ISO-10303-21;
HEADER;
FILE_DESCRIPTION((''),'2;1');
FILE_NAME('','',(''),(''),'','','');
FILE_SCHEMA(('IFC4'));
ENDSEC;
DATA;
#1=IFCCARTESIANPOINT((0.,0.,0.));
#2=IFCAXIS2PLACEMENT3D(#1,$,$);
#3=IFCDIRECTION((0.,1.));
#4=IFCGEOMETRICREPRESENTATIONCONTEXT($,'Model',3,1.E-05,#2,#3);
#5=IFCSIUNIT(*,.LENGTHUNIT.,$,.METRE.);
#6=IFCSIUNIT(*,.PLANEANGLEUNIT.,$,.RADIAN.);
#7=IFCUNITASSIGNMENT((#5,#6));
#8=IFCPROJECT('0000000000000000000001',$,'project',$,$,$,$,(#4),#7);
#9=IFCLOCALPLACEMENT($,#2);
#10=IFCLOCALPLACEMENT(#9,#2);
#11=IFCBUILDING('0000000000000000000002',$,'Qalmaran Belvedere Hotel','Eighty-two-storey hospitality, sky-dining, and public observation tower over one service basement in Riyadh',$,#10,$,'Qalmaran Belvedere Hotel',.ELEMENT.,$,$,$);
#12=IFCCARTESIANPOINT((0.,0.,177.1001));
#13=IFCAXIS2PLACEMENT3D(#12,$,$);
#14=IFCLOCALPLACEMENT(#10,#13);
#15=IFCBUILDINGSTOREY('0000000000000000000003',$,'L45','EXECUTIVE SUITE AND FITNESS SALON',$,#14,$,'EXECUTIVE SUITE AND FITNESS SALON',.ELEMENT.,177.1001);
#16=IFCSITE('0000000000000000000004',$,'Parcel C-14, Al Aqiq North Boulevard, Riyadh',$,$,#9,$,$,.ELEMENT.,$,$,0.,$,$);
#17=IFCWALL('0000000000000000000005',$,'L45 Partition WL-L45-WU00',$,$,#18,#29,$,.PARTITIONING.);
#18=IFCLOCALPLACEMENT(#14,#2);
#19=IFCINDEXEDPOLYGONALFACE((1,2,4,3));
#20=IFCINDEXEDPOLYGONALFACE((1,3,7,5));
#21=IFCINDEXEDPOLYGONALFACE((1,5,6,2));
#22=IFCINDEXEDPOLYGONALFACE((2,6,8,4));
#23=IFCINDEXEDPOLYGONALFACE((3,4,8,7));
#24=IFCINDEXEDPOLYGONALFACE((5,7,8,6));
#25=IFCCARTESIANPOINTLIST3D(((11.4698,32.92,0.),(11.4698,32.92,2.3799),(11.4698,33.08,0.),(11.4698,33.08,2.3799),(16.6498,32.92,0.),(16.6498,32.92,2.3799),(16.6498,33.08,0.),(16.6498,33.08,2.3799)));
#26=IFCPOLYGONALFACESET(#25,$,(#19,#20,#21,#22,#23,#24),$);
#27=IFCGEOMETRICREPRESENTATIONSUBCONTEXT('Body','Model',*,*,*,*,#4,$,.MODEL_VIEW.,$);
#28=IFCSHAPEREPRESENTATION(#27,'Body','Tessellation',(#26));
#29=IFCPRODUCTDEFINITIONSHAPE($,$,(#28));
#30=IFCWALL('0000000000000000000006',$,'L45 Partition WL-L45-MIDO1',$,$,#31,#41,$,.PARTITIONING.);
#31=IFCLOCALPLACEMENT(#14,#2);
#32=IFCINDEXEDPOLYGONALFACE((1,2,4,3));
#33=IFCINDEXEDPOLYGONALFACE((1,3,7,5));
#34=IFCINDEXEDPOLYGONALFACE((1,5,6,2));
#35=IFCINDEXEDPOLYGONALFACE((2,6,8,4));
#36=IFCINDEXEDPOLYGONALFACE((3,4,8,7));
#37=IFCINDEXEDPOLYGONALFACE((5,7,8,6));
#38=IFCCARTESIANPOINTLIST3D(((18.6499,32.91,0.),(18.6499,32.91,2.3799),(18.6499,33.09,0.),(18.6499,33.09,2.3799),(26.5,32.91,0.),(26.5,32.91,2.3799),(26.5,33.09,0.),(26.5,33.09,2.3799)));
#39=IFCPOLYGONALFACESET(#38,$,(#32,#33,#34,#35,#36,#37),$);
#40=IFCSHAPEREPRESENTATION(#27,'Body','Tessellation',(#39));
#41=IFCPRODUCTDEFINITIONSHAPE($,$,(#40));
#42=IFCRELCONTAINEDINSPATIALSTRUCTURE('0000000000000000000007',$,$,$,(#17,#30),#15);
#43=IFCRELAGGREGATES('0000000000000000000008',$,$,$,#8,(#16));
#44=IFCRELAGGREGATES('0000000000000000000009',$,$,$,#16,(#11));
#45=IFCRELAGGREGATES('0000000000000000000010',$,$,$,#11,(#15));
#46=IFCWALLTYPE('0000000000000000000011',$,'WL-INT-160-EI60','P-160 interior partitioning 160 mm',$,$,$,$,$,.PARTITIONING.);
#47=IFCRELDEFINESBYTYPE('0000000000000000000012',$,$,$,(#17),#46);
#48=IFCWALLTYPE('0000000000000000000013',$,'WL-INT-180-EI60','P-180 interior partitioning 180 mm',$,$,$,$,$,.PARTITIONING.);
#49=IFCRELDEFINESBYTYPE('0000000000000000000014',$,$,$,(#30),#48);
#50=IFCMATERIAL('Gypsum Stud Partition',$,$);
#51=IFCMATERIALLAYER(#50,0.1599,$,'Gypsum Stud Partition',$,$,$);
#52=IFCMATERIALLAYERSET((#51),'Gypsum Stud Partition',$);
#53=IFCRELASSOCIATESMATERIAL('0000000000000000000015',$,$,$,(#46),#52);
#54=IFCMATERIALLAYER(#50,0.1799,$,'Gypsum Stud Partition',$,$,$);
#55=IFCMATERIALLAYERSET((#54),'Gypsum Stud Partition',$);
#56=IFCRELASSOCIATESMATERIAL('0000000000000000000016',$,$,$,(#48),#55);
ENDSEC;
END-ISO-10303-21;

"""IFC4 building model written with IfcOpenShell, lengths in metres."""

from ifc_helpers import new_model, si_unit, direction, frame, frame_2d, origin, place, context, subcontext, project, spatial, rectangle, extrude, material, layer, layer_set, type_object, element, save


model = new_model("IFC4")

# Units and contexts
model_context = context("Model", 3, precision=1e-05, world=origin(), true_north=direction((0.0, 1.0)))
body_context = subcontext(model_context, "Body", "Model", "MODEL_VIEW")
ifc_project = project(units=[si_unit("LENGTHUNIT", "METRE"), si_unit("PLANEANGLEUNIT", "RADIAN")], contexts=[model_context])

# Site, building, storey
site_placement = place(None, origin())
site = spatial("IfcSite", under=ifc_project, at=site_placement, Name="Parcel C-14, Al Aqiq North Boulevard, Riyadh", CompositionType="ELEMENT", RefElevation=0.0)
building_placement = place(site_placement, origin())
building = spatial("IfcBuilding", under=site, at=building_placement, Name="Qalmaran Belvedere Hotel", Description="Eighty-two-storey hospitality, sky-dining, and public observation tower over one service basement in Riyadh", LongName="Qalmaran Belvedere Hotel", CompositionType="ELEMENT")
storey_placement = place(building_placement, frame((0.0, 0.0, 177.1001)))
storey = spatial("IfcBuildingStorey", under=building, at=storey_placement, Name="L45", Description="EXECUTIVE SUITE AND FITNESS SALON", LongName="EXECUTIVE SUITE AND FITNESS SALON", CompositionType="ELEMENT", Elevation=177.1001)

# Shared definitions
ifc_material_1 = material(Name="Gypsum Stud Partition")

# Walls
ifc_layer_1 = layer(ifc_material_1, 0.1599, Name="Gypsum Stud Partition")
ifc_layer_set_1 = layer_set([ifc_layer_1], Name="Gypsum Stud Partition")
wall_type_1 = type_object("IfcWallType", Name="WL-INT-160-EI60", Description="P-160 interior partitioning 160 mm", PredefinedType="PARTITIONING", material=ifc_layer_set_1)
wall_1_placement = place(storey_placement, frame((11.47, 33.0, 0.0), z_axis=(0.0, 0.0, 1.0), x_axis=(1.0, 0.0, 0.0)))
element("IfcWall", 1, at=wall_1_placement, inside=storey, type_object=wall_type_1, Name="L45 Partition WL-L45-WU00", PredefinedType="PARTITIONING", context=body_context, shape_type="SweptSolid", body=[
    extrude(rectangle(XDim=5.1799, YDim=0.1599, at=frame_2d((2.5898, 0.0))), origin(), (0.0, 0.0, 1.0), 2.3799),
])
ifc_layer_2 = layer(ifc_material_1, 0.1799, Name="Gypsum Stud Partition")
ifc_layer_set_2 = layer_set([ifc_layer_2], Name="Gypsum Stud Partition")
wall_type_2 = type_object("IfcWallType", Name="WL-INT-180-EI60", Description="P-180 interior partitioning 180 mm", PredefinedType="PARTITIONING", material=ifc_layer_set_2)
wall_2_placement = place(storey_placement, frame((18.6499, 33.0, 0.0), z_axis=(0.0, 0.0, 1.0), x_axis=(1.0, 0.0, 0.0)))
element("IfcWall", 2, at=wall_2_placement, inside=storey, type_object=wall_type_2, Name="L45 Partition WL-L45-MIDO1", PredefinedType="PARTITIONING", context=body_context, shape_type="SweptSolid", body=[
    extrude(rectangle(XDim=7.8501, YDim=0.1799, at=frame_2d((3.925, 0.0))), origin(), (0.0, 0.0, 1.0), 2.3799),
])

save(model, "model.ifc")
